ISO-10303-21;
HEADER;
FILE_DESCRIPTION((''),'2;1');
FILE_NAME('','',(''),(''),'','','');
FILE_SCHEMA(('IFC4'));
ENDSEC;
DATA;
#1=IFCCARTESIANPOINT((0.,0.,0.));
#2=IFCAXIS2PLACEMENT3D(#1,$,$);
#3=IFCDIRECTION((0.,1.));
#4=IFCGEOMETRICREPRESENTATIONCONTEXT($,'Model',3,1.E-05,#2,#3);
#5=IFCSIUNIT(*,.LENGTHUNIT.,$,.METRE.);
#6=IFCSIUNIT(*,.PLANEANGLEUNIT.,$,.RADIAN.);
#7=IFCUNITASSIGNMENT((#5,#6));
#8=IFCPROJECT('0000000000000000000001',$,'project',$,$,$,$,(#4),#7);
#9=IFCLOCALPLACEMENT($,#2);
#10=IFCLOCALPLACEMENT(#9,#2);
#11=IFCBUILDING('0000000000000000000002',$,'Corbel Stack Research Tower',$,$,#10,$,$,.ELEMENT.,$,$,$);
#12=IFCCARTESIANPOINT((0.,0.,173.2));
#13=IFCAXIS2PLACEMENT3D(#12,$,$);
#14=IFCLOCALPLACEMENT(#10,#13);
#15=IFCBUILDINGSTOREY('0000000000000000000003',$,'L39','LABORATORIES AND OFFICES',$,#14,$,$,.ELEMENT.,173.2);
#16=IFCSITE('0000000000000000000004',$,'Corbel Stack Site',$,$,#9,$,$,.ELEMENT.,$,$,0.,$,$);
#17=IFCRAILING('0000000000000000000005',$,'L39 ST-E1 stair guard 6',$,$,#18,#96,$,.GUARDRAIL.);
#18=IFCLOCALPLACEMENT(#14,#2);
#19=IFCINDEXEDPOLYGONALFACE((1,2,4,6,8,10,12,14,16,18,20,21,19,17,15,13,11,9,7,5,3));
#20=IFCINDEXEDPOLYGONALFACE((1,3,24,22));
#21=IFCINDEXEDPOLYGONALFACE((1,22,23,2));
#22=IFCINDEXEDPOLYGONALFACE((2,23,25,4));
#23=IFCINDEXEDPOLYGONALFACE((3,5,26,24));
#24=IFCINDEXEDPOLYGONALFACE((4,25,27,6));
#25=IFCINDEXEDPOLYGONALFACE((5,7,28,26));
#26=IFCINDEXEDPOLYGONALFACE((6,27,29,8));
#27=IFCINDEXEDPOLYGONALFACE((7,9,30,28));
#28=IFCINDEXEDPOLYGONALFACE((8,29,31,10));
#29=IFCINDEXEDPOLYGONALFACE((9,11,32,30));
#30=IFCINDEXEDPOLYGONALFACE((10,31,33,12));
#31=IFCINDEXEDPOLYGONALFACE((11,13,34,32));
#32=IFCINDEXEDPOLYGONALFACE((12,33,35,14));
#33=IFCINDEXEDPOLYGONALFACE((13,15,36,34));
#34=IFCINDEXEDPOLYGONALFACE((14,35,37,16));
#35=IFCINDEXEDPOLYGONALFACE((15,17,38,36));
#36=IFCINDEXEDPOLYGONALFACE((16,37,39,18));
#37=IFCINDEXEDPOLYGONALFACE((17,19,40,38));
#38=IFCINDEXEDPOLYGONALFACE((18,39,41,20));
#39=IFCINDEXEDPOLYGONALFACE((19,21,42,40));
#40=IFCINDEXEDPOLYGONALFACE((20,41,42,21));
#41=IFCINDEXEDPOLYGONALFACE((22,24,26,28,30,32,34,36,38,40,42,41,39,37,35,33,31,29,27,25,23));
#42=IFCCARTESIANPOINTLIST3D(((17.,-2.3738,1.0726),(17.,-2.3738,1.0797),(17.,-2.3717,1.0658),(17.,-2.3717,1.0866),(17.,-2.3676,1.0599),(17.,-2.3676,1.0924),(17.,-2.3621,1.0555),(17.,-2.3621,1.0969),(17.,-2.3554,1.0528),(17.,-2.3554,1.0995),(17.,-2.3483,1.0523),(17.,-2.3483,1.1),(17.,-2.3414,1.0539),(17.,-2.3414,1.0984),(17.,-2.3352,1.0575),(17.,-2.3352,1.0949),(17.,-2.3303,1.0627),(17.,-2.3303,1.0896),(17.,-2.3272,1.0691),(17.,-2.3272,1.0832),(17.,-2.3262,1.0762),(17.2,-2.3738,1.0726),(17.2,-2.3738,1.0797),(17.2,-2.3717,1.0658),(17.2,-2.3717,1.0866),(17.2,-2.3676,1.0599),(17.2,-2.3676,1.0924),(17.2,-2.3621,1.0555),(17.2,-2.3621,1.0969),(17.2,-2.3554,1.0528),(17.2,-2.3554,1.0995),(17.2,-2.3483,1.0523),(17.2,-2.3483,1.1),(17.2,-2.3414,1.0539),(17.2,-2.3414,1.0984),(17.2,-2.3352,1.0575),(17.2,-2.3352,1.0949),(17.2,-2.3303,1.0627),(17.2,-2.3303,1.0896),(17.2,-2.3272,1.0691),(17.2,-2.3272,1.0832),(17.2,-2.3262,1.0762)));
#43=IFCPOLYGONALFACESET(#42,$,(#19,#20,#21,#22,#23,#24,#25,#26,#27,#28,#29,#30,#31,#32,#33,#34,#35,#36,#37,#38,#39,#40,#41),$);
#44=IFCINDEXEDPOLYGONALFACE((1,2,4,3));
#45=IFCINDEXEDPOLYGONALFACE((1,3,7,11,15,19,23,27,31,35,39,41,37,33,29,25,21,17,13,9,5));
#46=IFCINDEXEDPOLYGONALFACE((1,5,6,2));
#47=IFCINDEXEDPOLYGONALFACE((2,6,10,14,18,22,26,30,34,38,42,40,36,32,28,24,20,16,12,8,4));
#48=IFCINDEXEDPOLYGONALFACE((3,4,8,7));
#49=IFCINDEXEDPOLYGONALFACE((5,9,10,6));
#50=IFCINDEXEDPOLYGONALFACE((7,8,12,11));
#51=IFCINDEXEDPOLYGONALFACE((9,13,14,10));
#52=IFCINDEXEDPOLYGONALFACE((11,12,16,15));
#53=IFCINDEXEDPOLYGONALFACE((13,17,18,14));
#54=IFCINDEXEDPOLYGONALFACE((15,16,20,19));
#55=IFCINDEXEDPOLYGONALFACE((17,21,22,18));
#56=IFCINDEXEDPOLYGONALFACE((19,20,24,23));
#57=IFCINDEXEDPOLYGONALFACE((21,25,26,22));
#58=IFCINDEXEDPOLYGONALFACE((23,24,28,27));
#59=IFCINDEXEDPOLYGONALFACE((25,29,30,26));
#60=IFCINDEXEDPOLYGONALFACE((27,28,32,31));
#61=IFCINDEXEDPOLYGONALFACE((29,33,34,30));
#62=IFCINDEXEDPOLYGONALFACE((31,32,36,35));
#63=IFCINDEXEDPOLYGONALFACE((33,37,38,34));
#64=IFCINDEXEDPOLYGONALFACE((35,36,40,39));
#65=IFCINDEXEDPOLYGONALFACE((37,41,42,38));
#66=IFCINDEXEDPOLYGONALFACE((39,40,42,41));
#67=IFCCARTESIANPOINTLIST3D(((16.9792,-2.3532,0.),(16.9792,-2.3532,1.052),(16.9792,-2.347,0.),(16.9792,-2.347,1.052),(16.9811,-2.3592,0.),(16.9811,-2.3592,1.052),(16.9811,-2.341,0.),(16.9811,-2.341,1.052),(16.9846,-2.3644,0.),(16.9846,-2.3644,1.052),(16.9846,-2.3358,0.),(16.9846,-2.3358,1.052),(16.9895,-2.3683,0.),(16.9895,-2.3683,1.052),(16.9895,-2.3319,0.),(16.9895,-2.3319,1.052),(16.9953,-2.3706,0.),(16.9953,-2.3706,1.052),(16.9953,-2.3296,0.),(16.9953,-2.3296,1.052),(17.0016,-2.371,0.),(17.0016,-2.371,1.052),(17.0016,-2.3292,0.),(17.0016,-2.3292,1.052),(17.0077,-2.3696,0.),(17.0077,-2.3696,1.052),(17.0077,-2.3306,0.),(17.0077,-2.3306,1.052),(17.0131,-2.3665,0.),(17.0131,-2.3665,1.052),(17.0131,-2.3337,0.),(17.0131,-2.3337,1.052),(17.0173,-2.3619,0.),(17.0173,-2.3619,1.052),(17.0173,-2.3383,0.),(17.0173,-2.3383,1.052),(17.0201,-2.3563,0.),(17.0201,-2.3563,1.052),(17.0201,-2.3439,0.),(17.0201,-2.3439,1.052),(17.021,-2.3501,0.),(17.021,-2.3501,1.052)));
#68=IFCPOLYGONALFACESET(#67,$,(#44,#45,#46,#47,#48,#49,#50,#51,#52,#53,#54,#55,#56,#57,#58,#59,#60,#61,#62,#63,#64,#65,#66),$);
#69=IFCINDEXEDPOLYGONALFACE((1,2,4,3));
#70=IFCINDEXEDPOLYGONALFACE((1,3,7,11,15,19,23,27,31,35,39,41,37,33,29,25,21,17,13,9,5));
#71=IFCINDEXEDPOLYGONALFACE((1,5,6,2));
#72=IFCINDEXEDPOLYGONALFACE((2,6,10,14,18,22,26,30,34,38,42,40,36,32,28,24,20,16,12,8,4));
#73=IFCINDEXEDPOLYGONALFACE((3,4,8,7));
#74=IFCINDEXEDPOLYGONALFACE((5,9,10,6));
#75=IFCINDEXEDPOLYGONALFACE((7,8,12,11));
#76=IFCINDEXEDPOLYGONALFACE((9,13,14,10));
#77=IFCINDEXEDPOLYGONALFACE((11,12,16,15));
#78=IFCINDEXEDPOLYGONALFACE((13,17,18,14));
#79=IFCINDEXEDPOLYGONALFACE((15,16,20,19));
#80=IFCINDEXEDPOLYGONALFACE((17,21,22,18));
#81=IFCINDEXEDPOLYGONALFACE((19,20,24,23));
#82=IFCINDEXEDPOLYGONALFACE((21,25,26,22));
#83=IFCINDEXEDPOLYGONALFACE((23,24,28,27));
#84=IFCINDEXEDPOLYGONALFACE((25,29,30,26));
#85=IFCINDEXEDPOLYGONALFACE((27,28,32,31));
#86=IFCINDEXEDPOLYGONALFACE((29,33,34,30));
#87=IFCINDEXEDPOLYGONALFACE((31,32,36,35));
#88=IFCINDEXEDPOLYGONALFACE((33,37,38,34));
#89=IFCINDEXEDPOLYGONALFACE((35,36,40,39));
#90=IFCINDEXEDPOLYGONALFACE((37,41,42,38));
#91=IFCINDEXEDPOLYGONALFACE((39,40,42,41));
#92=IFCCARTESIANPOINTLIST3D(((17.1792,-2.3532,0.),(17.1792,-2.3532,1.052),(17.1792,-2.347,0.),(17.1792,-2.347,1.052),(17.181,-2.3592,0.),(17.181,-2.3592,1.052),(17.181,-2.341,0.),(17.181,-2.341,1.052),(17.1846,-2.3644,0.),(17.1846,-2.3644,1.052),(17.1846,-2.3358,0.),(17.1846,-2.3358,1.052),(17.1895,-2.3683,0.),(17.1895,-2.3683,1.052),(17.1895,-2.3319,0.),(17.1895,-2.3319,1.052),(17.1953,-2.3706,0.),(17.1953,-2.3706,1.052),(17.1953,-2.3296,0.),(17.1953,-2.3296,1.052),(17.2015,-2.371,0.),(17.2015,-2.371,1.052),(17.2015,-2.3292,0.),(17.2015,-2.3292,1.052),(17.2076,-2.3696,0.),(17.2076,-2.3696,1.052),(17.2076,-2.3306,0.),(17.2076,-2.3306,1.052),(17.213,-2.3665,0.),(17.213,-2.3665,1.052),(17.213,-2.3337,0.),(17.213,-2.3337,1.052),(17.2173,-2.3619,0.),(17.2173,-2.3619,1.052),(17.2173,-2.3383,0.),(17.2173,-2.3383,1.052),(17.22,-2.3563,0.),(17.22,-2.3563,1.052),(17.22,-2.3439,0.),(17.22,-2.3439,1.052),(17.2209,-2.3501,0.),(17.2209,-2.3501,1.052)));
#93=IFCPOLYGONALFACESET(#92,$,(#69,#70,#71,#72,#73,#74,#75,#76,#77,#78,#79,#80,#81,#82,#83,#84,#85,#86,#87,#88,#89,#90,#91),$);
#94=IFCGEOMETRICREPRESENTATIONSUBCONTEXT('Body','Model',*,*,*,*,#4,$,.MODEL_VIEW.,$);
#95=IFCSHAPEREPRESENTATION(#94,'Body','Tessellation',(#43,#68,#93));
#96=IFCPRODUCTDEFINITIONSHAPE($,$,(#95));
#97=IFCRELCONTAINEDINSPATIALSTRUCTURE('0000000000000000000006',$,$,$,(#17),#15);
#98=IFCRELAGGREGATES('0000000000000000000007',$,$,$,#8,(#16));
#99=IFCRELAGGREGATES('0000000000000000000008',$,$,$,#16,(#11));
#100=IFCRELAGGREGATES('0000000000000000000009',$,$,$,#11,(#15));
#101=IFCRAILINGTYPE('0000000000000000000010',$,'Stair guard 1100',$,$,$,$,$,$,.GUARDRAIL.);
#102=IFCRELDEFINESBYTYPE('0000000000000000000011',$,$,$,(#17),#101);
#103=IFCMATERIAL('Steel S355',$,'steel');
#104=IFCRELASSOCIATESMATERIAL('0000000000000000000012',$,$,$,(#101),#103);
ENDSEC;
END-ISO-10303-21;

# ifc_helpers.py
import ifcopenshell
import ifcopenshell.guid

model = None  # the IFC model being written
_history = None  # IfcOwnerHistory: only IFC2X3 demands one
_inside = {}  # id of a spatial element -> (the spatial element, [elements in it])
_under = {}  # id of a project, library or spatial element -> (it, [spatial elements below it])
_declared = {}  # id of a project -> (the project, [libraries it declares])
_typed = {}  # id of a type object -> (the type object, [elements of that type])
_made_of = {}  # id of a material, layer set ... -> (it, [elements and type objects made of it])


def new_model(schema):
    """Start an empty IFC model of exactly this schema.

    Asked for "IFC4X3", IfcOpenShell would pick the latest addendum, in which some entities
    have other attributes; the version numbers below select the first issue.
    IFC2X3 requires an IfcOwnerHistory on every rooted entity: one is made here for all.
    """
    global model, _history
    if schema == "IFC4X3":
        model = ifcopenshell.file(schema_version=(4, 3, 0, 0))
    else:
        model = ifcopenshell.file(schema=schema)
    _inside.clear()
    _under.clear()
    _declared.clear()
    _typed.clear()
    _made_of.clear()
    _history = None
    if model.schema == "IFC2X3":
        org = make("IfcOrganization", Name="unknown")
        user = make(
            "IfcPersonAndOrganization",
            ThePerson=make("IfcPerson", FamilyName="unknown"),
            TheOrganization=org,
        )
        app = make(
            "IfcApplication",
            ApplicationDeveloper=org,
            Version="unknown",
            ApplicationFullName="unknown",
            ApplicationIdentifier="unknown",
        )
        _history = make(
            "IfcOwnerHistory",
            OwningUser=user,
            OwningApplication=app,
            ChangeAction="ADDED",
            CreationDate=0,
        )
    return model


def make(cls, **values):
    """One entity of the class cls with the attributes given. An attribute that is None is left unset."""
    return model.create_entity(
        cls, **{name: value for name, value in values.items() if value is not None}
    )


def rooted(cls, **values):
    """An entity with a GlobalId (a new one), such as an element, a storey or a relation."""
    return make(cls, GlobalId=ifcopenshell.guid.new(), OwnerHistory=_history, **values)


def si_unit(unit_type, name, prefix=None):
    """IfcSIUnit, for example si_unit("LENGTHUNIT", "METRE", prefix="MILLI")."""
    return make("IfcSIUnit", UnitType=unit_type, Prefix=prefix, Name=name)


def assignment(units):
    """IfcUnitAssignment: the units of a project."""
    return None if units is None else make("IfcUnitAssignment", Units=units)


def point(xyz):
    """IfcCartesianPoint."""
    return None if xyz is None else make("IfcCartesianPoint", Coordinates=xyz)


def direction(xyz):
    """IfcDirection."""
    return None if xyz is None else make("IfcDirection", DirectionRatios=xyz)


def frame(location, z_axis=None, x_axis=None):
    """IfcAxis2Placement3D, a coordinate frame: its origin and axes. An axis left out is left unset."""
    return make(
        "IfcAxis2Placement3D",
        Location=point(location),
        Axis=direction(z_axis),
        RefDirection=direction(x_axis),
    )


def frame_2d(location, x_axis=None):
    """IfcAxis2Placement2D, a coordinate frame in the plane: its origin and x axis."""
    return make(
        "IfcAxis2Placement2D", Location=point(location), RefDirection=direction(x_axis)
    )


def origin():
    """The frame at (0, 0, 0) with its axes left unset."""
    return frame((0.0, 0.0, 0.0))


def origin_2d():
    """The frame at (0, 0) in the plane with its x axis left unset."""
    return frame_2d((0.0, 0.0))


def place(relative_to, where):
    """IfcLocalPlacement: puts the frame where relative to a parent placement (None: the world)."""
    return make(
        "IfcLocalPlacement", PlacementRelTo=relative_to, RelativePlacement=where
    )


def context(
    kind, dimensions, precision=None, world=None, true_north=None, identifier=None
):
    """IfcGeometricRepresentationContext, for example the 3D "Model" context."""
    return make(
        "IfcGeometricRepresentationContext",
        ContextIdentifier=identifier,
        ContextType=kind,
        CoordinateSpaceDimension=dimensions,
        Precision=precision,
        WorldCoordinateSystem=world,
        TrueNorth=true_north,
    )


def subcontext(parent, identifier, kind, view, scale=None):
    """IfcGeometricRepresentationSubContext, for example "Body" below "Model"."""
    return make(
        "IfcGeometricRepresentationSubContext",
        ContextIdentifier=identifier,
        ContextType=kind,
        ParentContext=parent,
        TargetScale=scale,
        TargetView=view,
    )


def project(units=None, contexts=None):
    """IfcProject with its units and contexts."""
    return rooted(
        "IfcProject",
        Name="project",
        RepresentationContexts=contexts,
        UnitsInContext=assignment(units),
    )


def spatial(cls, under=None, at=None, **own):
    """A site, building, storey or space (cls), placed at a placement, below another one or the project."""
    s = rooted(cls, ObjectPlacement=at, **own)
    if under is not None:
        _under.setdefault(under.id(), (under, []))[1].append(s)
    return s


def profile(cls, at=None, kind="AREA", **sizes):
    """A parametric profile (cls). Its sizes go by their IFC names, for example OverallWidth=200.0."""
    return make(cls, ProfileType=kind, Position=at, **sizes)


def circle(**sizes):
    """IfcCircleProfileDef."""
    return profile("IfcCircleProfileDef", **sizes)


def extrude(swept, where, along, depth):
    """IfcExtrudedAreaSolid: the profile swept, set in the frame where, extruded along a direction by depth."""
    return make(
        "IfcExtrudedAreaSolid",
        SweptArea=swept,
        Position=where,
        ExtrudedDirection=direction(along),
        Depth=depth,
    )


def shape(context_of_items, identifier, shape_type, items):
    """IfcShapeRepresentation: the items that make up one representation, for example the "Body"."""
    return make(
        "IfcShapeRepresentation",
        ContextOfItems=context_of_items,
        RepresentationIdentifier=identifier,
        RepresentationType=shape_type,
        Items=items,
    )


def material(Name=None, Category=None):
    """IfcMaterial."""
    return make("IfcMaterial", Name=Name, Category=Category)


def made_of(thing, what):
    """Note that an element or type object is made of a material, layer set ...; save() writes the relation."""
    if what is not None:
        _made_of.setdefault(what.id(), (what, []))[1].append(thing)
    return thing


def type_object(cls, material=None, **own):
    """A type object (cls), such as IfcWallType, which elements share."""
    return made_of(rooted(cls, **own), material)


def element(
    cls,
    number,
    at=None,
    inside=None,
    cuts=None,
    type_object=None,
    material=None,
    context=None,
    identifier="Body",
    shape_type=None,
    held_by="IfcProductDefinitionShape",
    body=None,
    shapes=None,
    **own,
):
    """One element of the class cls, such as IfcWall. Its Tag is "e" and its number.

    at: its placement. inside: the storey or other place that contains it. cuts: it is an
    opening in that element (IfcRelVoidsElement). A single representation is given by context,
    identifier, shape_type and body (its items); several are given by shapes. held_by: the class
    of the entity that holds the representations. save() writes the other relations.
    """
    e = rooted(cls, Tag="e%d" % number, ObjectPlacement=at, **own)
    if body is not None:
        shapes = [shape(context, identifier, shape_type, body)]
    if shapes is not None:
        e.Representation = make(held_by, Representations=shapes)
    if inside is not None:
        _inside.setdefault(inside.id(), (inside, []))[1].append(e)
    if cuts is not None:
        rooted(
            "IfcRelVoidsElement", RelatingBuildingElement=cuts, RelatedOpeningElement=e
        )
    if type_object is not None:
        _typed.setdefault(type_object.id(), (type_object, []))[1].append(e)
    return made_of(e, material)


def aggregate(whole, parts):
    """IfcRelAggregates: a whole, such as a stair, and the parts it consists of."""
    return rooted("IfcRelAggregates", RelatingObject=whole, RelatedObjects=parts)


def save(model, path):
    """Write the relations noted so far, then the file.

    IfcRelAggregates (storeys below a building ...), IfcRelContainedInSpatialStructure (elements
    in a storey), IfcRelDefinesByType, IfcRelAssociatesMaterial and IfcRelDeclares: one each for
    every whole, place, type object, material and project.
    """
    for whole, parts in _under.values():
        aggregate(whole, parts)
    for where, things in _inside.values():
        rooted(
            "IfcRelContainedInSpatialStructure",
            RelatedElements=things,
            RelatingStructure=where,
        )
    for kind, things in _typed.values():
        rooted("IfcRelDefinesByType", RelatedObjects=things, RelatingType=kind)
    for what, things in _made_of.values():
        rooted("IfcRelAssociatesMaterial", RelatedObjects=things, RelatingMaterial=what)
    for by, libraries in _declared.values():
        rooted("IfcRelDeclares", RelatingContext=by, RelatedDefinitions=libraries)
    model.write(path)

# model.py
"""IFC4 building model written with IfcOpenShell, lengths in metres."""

from ifc_helpers import new_model, si_unit, direction, frame, origin, origin_2d, place, context, subcontext, project, spatial, circle, extrude, material, type_object, element, save


model = new_model("IFC4")

# Units and contexts
model_context = context("Model", 3, precision=1e-05, world=origin(), true_north=direction((0.0, 1.0)))
body_context = subcontext(model_context, "Body", "Model", "MODEL_VIEW")
ifc_project = project(units=[si_unit("LENGTHUNIT", "METRE"), si_unit("PLANEANGLEUNIT", "RADIAN")], contexts=[model_context])

# Site, building, storey
site_placement = place(None, origin())
site = spatial("IfcSite", under=ifc_project, at=site_placement, Name="Corbel Stack Site", CompositionType="ELEMENT", RefElevation=0.0)
building_placement = place(site_placement, origin())
building = spatial("IfcBuilding", under=site, at=building_placement, Name="Corbel Stack Research Tower", CompositionType="ELEMENT")
storey_placement = place(building_placement, frame((0.0, 0.0, 173.2)))
storey = spatial("IfcBuildingStorey", under=building, at=storey_placement, Name="L39", Description="LABORATORIES AND OFFICES", CompositionType="ELEMENT", Elevation=173.2)

# Railing
ifc_material_1 = material(Name="Steel S355", Category="steel")
railing_type_1 = type_object("IfcRailingType", Name="Stair guard 1100", PredefinedType="GUARDRAIL", material=ifc_material_1)
railing_1_placement = place(storey_placement, frame((17.0, -2.3501, 0.0)))
element("IfcRailing", 1, at=railing_1_placement, inside=storey, type_object=railing_type_1, Name="L39 ST-E1 stair guard 6", PredefinedType="GUARDRAIL", context=body_context, shape_type="SweptSolid", body=[
    extrude(circle(Radius=0.0239, at=origin_2d()), frame((0.0, 0.0, 1.0762), z_axis=(1.0, 0.0, 0.0), x_axis=(0.0, 1.0, 0.0)), (0.0, 0.0, 1.0), 0.2),
    extrude(circle(Radius=0.021, at=origin_2d()), origin(), (0.0, 0.0, 1.0), 1.052),
    extrude(circle(Radius=0.021, at=origin_2d()), frame((0.2, 0.0, 0.0)), (0.0, 0.0, 1.0), 1.052),
])

save(model, "model.ifc")
